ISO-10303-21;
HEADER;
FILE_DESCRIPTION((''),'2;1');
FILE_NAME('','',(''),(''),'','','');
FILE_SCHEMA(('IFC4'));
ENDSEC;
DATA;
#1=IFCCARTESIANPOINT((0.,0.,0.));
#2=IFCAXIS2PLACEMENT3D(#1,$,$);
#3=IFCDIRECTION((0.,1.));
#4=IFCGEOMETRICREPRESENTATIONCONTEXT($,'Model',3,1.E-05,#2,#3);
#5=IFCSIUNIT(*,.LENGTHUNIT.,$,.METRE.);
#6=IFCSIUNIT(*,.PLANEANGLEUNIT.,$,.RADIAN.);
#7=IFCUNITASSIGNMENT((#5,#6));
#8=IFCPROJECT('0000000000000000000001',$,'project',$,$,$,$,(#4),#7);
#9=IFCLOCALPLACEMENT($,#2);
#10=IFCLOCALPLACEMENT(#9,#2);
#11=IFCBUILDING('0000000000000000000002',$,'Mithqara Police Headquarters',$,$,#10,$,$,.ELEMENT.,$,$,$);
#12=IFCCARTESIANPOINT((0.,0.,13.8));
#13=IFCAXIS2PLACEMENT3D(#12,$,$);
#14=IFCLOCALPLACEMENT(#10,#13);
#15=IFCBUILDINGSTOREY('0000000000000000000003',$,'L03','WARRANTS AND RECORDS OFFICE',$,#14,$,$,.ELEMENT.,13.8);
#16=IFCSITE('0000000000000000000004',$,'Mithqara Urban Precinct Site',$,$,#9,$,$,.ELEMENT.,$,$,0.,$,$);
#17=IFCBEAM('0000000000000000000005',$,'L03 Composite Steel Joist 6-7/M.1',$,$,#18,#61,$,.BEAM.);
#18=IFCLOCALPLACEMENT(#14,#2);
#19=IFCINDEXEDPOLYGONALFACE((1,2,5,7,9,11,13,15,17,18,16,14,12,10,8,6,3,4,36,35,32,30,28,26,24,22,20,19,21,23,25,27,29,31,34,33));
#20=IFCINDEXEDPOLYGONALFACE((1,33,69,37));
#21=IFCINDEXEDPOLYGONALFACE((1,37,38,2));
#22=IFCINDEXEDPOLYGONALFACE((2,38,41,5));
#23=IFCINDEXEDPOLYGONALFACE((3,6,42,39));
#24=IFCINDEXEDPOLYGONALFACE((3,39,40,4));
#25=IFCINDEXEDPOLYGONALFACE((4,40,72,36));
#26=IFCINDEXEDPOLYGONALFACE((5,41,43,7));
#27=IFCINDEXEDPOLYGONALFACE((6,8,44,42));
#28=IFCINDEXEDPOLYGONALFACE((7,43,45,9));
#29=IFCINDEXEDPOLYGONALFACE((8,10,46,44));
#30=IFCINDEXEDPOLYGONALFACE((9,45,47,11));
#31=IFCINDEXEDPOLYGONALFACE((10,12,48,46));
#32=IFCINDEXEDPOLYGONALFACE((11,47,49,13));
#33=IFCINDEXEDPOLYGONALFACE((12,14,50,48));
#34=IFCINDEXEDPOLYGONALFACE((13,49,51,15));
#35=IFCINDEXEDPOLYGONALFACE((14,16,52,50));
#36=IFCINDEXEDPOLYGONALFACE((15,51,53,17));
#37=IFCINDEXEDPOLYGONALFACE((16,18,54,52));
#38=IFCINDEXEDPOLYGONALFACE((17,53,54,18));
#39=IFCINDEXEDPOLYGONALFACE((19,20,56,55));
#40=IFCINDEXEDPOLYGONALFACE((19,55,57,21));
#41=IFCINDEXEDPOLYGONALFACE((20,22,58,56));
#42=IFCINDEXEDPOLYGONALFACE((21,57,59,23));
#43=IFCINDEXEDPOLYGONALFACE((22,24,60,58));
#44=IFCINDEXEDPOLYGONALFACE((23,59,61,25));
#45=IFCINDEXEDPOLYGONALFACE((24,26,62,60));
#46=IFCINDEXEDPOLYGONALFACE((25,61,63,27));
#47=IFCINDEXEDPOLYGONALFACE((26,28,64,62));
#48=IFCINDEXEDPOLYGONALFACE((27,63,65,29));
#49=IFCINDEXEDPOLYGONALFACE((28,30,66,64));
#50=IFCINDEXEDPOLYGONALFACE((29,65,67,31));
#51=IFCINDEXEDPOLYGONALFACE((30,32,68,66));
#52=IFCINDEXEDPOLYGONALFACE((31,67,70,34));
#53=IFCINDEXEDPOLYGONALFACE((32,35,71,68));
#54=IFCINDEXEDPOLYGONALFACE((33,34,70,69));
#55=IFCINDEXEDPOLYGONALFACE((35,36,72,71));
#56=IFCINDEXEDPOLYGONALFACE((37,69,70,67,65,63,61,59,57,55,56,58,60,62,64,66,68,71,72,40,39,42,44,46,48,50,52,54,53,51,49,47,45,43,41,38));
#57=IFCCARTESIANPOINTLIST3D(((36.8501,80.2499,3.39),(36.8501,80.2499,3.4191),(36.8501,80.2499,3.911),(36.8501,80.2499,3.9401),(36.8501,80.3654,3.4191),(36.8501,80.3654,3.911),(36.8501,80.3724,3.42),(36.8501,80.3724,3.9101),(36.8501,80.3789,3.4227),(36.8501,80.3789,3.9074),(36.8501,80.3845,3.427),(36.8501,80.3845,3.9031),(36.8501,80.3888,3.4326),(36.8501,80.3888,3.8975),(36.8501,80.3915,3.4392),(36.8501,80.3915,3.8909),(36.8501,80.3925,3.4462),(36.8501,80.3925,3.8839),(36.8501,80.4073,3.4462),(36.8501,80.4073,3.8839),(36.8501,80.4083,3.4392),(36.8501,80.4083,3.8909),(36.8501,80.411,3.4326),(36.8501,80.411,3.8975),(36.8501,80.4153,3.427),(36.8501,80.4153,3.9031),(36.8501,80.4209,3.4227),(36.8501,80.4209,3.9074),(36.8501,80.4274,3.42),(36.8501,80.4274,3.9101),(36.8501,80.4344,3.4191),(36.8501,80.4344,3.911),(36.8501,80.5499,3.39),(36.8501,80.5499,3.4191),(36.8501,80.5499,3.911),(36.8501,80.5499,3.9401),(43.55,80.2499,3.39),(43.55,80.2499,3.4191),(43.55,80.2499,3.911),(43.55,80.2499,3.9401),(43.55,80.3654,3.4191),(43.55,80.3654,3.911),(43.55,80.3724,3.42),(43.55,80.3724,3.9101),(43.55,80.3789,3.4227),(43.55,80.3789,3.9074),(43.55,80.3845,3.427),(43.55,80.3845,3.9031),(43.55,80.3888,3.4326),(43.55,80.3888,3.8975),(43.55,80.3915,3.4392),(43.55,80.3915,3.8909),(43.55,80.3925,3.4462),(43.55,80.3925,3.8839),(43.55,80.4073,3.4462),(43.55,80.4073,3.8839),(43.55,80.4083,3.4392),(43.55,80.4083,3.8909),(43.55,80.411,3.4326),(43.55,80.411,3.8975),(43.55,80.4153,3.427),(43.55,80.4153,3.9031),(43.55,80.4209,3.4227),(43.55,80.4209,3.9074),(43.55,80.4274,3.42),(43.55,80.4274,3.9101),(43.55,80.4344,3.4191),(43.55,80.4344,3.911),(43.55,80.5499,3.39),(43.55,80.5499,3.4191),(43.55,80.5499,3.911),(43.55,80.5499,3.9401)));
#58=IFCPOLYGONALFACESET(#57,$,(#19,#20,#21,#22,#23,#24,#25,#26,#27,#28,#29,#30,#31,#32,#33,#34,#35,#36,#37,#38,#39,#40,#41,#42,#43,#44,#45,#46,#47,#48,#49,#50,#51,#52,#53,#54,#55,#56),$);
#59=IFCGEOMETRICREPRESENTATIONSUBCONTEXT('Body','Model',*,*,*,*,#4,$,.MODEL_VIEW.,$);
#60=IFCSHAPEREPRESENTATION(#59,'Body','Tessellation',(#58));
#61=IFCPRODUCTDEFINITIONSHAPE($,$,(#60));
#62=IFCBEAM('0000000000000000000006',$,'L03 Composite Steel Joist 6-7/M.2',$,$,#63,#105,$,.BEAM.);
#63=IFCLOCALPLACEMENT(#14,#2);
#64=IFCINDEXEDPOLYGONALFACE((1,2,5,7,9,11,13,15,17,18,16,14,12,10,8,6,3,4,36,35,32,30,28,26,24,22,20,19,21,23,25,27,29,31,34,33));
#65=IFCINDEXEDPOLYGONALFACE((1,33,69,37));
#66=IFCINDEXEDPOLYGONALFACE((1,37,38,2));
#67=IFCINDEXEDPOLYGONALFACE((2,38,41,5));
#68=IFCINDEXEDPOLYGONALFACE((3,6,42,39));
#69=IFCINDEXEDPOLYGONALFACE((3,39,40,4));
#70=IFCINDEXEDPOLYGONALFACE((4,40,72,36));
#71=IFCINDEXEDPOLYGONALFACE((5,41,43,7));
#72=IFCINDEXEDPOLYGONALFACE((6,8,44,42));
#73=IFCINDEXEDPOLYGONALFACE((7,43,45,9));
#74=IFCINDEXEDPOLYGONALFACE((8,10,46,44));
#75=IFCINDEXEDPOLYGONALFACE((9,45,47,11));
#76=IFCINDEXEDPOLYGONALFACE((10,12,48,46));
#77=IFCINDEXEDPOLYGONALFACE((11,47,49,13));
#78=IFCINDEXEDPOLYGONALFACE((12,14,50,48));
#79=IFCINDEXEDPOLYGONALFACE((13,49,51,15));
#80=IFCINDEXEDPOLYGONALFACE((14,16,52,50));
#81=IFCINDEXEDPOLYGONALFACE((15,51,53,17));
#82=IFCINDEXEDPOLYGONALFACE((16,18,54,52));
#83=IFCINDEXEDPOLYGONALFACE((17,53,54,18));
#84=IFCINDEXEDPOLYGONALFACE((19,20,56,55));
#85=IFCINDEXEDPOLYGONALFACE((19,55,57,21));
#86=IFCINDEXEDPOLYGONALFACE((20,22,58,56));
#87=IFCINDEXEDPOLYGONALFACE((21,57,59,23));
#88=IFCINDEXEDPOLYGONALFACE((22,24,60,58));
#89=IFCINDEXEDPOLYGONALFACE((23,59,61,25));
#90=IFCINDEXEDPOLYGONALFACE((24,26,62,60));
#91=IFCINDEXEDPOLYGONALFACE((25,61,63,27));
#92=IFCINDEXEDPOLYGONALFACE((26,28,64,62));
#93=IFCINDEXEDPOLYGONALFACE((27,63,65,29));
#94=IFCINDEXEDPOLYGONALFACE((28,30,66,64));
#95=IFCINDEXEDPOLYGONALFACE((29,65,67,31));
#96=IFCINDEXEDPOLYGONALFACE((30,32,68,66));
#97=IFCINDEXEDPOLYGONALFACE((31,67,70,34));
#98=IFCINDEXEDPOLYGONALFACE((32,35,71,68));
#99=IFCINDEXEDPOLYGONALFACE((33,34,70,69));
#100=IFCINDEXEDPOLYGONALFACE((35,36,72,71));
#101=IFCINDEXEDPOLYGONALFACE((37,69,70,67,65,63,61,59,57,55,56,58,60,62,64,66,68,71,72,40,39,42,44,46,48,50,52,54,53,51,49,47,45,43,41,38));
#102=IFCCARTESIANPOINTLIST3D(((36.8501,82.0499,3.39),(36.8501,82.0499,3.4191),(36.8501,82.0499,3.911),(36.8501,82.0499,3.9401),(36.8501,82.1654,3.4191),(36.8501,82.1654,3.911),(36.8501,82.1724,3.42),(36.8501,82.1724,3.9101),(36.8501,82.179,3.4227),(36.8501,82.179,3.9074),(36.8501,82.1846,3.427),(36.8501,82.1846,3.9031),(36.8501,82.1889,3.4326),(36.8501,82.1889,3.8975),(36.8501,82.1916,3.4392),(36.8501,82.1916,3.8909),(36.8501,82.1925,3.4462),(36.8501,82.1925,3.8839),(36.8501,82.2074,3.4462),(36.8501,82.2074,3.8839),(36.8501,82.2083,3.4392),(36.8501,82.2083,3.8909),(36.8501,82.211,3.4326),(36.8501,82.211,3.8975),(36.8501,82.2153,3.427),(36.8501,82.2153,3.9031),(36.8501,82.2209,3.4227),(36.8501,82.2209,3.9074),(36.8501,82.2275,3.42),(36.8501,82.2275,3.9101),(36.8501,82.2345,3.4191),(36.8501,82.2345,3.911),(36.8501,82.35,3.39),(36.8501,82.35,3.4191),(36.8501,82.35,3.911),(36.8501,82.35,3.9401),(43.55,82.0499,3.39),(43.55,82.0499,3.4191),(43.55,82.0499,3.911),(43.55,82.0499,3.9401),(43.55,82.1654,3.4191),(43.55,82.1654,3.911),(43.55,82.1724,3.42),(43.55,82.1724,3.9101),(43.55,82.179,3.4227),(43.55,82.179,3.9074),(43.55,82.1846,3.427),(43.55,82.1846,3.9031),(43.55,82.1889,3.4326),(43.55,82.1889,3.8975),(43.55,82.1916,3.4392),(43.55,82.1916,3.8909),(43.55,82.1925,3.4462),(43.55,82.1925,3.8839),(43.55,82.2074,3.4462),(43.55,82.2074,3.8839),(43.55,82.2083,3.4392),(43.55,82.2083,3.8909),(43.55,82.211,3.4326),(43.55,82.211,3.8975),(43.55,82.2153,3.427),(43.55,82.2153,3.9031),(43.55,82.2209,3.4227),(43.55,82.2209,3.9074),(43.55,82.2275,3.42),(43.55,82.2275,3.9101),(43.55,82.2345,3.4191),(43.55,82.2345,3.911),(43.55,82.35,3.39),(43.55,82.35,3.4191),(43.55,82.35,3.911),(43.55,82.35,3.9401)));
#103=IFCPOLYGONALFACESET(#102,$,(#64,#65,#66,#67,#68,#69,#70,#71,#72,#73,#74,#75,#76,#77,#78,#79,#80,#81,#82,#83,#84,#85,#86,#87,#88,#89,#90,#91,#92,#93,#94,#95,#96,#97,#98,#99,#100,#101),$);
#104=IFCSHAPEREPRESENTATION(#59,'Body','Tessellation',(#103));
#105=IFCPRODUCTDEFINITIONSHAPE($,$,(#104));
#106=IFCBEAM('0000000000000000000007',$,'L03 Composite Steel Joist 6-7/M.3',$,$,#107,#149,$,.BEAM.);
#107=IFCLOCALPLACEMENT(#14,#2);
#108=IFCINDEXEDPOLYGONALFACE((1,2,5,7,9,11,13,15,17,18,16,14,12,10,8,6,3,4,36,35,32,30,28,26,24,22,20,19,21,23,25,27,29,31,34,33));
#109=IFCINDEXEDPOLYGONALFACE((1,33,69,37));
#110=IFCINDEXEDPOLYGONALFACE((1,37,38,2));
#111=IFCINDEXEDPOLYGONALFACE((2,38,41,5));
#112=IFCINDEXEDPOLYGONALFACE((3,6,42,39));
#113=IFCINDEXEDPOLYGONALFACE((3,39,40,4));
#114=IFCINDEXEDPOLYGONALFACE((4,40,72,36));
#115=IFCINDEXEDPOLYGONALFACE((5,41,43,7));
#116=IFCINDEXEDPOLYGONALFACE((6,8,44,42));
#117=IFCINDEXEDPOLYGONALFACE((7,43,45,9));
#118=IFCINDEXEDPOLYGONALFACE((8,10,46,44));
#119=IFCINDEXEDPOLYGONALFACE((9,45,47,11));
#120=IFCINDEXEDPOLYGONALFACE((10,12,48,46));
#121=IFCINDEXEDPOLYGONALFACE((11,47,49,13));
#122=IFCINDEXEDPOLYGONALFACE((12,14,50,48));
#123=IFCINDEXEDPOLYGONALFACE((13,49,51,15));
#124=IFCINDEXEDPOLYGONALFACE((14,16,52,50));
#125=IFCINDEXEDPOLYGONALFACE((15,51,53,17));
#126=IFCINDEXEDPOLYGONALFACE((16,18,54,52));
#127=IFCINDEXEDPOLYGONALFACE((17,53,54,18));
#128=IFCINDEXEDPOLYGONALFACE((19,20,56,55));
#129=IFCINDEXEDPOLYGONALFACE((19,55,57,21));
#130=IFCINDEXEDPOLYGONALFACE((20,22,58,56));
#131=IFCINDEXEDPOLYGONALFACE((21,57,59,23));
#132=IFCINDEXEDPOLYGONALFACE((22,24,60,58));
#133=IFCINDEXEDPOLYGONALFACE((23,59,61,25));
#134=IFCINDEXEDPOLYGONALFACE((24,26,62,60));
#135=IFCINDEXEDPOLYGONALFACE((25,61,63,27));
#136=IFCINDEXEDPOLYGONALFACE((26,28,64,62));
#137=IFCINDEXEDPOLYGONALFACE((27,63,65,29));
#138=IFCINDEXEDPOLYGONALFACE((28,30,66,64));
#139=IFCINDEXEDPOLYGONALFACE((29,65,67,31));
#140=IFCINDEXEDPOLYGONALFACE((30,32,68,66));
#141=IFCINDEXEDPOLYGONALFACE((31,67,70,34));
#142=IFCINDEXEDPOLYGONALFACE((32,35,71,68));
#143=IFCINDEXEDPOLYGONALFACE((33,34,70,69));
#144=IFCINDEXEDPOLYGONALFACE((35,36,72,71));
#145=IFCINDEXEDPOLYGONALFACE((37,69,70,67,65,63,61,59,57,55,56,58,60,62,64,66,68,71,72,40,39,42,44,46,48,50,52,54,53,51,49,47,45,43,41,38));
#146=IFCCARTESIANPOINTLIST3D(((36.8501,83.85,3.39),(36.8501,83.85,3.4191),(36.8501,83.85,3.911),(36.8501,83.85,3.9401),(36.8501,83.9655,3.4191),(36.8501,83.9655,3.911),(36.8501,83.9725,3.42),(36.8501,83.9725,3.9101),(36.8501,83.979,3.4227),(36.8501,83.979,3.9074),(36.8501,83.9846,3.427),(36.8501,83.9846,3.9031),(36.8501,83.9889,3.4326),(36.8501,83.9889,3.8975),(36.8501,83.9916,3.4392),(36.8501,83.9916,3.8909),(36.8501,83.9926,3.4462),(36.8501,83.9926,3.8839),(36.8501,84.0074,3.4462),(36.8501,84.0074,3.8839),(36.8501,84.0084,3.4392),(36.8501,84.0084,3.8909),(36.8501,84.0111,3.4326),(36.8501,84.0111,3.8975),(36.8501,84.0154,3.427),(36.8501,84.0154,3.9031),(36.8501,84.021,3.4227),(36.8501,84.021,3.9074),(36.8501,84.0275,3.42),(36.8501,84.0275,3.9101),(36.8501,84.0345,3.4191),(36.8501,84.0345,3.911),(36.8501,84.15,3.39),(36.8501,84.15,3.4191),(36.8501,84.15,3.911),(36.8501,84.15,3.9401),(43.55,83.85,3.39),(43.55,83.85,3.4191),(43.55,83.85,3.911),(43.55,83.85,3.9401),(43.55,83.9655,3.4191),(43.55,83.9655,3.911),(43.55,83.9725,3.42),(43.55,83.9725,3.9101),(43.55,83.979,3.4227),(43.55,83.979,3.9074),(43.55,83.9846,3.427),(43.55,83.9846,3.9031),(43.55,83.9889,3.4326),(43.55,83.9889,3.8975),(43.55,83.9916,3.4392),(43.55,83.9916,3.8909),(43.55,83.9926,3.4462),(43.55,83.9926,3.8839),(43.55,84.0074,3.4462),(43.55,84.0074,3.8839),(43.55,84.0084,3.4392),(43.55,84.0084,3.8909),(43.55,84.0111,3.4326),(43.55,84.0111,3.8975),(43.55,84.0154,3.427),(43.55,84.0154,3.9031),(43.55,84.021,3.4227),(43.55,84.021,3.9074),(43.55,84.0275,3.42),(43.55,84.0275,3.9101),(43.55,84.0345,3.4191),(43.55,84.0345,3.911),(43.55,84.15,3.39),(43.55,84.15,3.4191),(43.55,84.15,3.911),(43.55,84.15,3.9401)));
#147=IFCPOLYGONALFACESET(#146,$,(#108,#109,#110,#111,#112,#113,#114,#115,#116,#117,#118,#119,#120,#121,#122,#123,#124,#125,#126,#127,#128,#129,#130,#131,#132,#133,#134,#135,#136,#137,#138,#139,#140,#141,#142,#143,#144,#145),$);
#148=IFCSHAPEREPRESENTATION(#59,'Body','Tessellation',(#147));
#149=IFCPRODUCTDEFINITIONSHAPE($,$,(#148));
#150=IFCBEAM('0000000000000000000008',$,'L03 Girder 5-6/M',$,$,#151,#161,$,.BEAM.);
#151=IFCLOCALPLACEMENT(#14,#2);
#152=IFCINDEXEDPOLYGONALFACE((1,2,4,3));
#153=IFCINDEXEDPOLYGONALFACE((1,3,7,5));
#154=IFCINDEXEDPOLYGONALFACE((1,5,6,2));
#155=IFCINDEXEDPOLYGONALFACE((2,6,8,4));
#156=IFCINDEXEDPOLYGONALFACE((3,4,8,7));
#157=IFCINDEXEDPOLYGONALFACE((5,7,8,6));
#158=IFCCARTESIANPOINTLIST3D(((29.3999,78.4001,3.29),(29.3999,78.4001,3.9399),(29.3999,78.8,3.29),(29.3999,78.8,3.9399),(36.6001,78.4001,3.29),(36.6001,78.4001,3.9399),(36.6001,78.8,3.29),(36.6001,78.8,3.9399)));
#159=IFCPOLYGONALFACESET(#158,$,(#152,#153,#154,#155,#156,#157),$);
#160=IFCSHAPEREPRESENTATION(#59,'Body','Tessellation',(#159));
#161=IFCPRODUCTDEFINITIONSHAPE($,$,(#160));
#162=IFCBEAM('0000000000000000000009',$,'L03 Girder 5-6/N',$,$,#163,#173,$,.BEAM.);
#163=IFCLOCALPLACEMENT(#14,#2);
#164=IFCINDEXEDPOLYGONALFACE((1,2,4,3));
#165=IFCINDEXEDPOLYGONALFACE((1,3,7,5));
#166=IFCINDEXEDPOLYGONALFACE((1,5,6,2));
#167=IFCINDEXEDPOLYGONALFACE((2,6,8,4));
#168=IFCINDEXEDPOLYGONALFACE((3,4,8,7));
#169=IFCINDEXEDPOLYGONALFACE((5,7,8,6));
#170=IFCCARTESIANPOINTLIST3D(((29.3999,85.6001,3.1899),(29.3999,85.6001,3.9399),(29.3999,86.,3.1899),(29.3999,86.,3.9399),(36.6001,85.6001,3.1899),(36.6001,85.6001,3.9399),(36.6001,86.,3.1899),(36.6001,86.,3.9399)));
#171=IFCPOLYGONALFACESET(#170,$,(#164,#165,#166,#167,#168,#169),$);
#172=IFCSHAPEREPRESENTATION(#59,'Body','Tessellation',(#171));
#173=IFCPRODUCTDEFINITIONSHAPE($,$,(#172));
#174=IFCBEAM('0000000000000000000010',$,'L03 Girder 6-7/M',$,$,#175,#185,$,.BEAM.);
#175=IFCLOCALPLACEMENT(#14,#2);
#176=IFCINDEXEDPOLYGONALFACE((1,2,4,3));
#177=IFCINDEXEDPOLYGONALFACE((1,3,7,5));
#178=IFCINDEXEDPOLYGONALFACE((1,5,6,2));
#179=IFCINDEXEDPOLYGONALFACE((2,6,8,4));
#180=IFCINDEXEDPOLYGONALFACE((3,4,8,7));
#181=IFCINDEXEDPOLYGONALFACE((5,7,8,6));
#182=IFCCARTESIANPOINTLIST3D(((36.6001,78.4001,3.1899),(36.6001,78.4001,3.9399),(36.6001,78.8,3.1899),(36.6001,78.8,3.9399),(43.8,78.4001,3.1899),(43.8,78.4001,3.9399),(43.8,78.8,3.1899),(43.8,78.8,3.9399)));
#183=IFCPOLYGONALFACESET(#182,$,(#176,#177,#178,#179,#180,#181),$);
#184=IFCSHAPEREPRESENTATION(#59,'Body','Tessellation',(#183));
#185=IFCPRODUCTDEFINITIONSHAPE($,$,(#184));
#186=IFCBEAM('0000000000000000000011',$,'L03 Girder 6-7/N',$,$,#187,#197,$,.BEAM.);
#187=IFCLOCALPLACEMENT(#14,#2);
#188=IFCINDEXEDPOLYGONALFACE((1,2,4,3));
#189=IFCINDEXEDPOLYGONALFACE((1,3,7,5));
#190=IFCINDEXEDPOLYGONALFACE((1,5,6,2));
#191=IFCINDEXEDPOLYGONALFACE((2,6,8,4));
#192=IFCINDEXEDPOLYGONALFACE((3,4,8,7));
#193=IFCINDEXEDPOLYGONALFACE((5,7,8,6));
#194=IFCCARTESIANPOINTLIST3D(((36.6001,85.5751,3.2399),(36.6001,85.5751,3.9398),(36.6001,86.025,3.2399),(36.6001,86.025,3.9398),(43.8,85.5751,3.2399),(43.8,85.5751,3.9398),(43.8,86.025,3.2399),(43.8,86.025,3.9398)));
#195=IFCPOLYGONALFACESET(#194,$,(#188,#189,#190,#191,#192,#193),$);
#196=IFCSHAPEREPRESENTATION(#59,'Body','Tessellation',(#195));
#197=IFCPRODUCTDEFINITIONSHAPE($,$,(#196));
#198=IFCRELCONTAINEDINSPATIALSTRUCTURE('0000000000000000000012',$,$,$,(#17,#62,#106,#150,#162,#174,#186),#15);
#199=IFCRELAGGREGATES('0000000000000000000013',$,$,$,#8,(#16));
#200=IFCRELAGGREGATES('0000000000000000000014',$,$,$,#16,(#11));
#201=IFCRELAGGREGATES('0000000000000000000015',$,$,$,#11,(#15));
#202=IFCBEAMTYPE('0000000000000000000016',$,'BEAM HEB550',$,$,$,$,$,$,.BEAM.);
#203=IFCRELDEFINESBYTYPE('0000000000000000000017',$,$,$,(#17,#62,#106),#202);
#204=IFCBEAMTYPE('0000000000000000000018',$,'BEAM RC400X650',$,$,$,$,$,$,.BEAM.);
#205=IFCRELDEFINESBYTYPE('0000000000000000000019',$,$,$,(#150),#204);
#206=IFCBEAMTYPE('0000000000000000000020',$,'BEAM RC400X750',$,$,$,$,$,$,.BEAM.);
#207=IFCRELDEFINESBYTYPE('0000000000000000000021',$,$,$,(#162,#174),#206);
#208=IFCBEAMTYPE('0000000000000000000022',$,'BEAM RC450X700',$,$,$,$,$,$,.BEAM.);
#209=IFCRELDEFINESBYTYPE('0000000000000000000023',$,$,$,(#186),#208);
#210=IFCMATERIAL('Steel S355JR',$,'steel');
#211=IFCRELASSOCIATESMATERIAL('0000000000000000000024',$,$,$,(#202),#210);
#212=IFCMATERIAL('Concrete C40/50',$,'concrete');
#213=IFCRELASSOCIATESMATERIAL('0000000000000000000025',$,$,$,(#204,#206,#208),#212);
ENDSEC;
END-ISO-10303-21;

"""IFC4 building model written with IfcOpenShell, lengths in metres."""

from ifc_helpers import new_model, si_unit, direction, frame, origin, origin_2d, place, context, subcontext, project, spatial, rectangle, i_section, extrude, material, material_profile, profile_set, type_object, element, save


model = new_model("IFC4")

# Units and contexts
model_context = context("Model", 3, precision=1e-05, world=origin(), true_north=direction((0.0, 1.0)))
body_context = subcontext(model_context, "Body", "Model", "MODEL_VIEW")
ifc_project = project(units=[si_unit("LENGTHUNIT", "METRE"), si_unit("PLANEANGLEUNIT", "RADIAN")], contexts=[model_context])

# Site, building, storey
site_placement = place(None, origin())
site = spatial("IfcSite", under=ifc_project, at=site_placement, Name="Mithqara Urban Precinct Site", CompositionType="ELEMENT", RefElevation=0.0)
building_placement = place(site_placement, origin())
building = spatial("IfcBuilding", under=site, at=building_placement, Name="Mithqara Police Headquarters", CompositionType="ELEMENT")
storey_placement = place(building_placement, frame((0.0, 0.0, 13.8)))
storey = spatial("IfcBuildingStorey", under=building, at=storey_placement, Name="L03", Description="WARRANTS AND RECORDS OFFICE", CompositionType="ELEMENT", Elevation=13.8)

# Beams
ifc_material_1 = material(Name="Steel S355JR", Category="steel")
ifc_material_profile_1 = material_profile(ifc_material_1, i_section(OverallWidth=0.3, OverallDepth=0.55, WebThickness=0.0149, FlangeThickness=0.0291, FilletRadius=0.0271, at=origin_2d()), Name="HEB 550")
ifc_profile_set_1 = profile_set([ifc_material_profile_1], Name="Steel S355JR")
beam_type_1 = type_object("IfcBeamType", Name="BEAM HEB550", PredefinedType="BEAM", material=ifc_profile_set_1)
for number, where, z_axis, x_axis, name in (
    (1, (36.8501, 80.3999, 3.665), (1.0, 0.0, 0.0), (0.0, 1.0, 0.0), "L03 Composite Steel Joist 6-7/M.1"),
    (2, (36.8501, 82.2, 3.665), (1.0, 0.0, 0.0), (0.0, 1.0, 0.0), "L03 Composite Steel Joist 6-7/M.2"),
    (3, (36.8501, 84.0, 3.665), (1.0, 0.0, 0.0), (0.0, 1.0, 0.0), "L03 Composite Steel Joist 6-7/M.3"),
):
    element("IfcBeam", number, at=place(storey_placement, frame(where, z_axis=z_axis, x_axis=x_axis)), inside=storey, type_object=beam_type_1, Name=name, PredefinedType="BEAM", context=body_context, shape_type="SweptSolid", body=[
        extrude(i_section(OverallWidth=0.3, OverallDepth=0.55, WebThickness=0.0149, FlangeThickness=0.0291, FilletRadius=0.0271, at=origin_2d()), origin(), (0.0, 0.0, 1.0), 6.7),
    ])
ifc_material_2 = material(Name="Concrete C40/50", Category="concrete")
ifc_material_profile_2 = material_profile(ifc_material_2, rectangle(XDim=0.3999, YDim=0.6499, at=origin_2d()), Name="RC 400x650")
ifc_profile_set_2 = profile_set([ifc_material_profile_2], Name="Concrete C40/50")
beam_type_2 = type_object("IfcBeamType", Name="BEAM RC400X650", PredefinedType="BEAM", material=ifc_profile_set_2)
beam_1_placement = place(storey_placement, frame((29.3999, 78.6001, 3.615), z_axis=(1.0, 0.0, 0.0), x_axis=(0.0, 1.0, 0.0)))
element("IfcBeam", 4, at=beam_1_placement, inside=storey, type_object=beam_type_2, Name="L03 Girder 5-6/M", PredefinedType="BEAM", context=body_context, shape_type="SweptSolid", body=[
    extrude(rectangle(XDim=0.3999, YDim=0.6499, at=origin_2d()), origin(), (0.0, 0.0, 1.0), 7.2002),
])
ifc_material_profile_3 = material_profile(ifc_material_2, rectangle(XDim=0.3999, YDim=0.75, at=origin_2d()), Name="RC 400x750")
ifc_profile_set_3 = profile_set([ifc_material_profile_3], Name="Concrete C40/50")
beam_type_3 = type_object("IfcBeamType", Name="BEAM RC400X750", PredefinedType="BEAM", material=ifc_profile_set_3)
beam_2_placement = place(storey_placement, frame((29.3999, 85.8, 3.5649), z_axis=(1.0, 0.0, 0.0), x_axis=(0.0, 1.0, 0.0)))
element("IfcBeam", 5, at=beam_2_placement, inside=storey, type_object=beam_type_3, Name="L03 Girder 5-6/N", PredefinedType="BEAM", context=body_context, shape_type="SweptSolid", body=[
    extrude(rectangle(XDim=0.3999, YDim=0.75, at=origin_2d()), origin(), (0.0, 0.0, 1.0), 7.2002),
])
beam_3_placement = place(storey_placement, frame((36.6001, 78.6001, 3.5649), z_axis=(1.0, 0.0, 0.0), x_axis=(0.0, 1.0, 0.0)))
element("IfcBeam", 6, at=beam_3_placement, inside=storey, type_object=beam_type_3, Name="L03 Girder 6-7/M", PredefinedType="BEAM", context=body_context, shape_type="SweptSolid", body=[
    extrude(rectangle(XDim=0.3999, YDim=0.75, at=origin_2d()), origin(), (0.0, 0.0, 1.0), 7.2),
])
ifc_material_profile_4 = material_profile(ifc_material_2, rectangle(XDim=0.45, YDim=0.7, at=origin_2d()), Name="RC 450x700")
ifc_profile_set_4 = profile_set([ifc_material_profile_4], Name="Concrete C40/50")
beam_type_4 = type_object("IfcBeamType", Name="BEAM RC450X700", PredefinedType="BEAM", material=ifc_profile_set_4)
beam_4_placement = place(storey_placement, frame((36.6001, 85.8, 3.5898), z_axis=(1.0, 0.0, 0.0), x_axis=(0.0, 1.0, 0.0)))
element("IfcBeam", 7, at=beam_4_placement, inside=storey, type_object=beam_type_4, Name="L03 Girder 6-7/N", PredefinedType="BEAM", context=body_context, shape_type="SweptSolid", body=[
    extrude(rectangle(XDim=0.45, YDim=0.7, at=origin_2d()), origin(), (0.0, 0.0, 1.0), 7.2),
])

save(model, "model.ifc")
